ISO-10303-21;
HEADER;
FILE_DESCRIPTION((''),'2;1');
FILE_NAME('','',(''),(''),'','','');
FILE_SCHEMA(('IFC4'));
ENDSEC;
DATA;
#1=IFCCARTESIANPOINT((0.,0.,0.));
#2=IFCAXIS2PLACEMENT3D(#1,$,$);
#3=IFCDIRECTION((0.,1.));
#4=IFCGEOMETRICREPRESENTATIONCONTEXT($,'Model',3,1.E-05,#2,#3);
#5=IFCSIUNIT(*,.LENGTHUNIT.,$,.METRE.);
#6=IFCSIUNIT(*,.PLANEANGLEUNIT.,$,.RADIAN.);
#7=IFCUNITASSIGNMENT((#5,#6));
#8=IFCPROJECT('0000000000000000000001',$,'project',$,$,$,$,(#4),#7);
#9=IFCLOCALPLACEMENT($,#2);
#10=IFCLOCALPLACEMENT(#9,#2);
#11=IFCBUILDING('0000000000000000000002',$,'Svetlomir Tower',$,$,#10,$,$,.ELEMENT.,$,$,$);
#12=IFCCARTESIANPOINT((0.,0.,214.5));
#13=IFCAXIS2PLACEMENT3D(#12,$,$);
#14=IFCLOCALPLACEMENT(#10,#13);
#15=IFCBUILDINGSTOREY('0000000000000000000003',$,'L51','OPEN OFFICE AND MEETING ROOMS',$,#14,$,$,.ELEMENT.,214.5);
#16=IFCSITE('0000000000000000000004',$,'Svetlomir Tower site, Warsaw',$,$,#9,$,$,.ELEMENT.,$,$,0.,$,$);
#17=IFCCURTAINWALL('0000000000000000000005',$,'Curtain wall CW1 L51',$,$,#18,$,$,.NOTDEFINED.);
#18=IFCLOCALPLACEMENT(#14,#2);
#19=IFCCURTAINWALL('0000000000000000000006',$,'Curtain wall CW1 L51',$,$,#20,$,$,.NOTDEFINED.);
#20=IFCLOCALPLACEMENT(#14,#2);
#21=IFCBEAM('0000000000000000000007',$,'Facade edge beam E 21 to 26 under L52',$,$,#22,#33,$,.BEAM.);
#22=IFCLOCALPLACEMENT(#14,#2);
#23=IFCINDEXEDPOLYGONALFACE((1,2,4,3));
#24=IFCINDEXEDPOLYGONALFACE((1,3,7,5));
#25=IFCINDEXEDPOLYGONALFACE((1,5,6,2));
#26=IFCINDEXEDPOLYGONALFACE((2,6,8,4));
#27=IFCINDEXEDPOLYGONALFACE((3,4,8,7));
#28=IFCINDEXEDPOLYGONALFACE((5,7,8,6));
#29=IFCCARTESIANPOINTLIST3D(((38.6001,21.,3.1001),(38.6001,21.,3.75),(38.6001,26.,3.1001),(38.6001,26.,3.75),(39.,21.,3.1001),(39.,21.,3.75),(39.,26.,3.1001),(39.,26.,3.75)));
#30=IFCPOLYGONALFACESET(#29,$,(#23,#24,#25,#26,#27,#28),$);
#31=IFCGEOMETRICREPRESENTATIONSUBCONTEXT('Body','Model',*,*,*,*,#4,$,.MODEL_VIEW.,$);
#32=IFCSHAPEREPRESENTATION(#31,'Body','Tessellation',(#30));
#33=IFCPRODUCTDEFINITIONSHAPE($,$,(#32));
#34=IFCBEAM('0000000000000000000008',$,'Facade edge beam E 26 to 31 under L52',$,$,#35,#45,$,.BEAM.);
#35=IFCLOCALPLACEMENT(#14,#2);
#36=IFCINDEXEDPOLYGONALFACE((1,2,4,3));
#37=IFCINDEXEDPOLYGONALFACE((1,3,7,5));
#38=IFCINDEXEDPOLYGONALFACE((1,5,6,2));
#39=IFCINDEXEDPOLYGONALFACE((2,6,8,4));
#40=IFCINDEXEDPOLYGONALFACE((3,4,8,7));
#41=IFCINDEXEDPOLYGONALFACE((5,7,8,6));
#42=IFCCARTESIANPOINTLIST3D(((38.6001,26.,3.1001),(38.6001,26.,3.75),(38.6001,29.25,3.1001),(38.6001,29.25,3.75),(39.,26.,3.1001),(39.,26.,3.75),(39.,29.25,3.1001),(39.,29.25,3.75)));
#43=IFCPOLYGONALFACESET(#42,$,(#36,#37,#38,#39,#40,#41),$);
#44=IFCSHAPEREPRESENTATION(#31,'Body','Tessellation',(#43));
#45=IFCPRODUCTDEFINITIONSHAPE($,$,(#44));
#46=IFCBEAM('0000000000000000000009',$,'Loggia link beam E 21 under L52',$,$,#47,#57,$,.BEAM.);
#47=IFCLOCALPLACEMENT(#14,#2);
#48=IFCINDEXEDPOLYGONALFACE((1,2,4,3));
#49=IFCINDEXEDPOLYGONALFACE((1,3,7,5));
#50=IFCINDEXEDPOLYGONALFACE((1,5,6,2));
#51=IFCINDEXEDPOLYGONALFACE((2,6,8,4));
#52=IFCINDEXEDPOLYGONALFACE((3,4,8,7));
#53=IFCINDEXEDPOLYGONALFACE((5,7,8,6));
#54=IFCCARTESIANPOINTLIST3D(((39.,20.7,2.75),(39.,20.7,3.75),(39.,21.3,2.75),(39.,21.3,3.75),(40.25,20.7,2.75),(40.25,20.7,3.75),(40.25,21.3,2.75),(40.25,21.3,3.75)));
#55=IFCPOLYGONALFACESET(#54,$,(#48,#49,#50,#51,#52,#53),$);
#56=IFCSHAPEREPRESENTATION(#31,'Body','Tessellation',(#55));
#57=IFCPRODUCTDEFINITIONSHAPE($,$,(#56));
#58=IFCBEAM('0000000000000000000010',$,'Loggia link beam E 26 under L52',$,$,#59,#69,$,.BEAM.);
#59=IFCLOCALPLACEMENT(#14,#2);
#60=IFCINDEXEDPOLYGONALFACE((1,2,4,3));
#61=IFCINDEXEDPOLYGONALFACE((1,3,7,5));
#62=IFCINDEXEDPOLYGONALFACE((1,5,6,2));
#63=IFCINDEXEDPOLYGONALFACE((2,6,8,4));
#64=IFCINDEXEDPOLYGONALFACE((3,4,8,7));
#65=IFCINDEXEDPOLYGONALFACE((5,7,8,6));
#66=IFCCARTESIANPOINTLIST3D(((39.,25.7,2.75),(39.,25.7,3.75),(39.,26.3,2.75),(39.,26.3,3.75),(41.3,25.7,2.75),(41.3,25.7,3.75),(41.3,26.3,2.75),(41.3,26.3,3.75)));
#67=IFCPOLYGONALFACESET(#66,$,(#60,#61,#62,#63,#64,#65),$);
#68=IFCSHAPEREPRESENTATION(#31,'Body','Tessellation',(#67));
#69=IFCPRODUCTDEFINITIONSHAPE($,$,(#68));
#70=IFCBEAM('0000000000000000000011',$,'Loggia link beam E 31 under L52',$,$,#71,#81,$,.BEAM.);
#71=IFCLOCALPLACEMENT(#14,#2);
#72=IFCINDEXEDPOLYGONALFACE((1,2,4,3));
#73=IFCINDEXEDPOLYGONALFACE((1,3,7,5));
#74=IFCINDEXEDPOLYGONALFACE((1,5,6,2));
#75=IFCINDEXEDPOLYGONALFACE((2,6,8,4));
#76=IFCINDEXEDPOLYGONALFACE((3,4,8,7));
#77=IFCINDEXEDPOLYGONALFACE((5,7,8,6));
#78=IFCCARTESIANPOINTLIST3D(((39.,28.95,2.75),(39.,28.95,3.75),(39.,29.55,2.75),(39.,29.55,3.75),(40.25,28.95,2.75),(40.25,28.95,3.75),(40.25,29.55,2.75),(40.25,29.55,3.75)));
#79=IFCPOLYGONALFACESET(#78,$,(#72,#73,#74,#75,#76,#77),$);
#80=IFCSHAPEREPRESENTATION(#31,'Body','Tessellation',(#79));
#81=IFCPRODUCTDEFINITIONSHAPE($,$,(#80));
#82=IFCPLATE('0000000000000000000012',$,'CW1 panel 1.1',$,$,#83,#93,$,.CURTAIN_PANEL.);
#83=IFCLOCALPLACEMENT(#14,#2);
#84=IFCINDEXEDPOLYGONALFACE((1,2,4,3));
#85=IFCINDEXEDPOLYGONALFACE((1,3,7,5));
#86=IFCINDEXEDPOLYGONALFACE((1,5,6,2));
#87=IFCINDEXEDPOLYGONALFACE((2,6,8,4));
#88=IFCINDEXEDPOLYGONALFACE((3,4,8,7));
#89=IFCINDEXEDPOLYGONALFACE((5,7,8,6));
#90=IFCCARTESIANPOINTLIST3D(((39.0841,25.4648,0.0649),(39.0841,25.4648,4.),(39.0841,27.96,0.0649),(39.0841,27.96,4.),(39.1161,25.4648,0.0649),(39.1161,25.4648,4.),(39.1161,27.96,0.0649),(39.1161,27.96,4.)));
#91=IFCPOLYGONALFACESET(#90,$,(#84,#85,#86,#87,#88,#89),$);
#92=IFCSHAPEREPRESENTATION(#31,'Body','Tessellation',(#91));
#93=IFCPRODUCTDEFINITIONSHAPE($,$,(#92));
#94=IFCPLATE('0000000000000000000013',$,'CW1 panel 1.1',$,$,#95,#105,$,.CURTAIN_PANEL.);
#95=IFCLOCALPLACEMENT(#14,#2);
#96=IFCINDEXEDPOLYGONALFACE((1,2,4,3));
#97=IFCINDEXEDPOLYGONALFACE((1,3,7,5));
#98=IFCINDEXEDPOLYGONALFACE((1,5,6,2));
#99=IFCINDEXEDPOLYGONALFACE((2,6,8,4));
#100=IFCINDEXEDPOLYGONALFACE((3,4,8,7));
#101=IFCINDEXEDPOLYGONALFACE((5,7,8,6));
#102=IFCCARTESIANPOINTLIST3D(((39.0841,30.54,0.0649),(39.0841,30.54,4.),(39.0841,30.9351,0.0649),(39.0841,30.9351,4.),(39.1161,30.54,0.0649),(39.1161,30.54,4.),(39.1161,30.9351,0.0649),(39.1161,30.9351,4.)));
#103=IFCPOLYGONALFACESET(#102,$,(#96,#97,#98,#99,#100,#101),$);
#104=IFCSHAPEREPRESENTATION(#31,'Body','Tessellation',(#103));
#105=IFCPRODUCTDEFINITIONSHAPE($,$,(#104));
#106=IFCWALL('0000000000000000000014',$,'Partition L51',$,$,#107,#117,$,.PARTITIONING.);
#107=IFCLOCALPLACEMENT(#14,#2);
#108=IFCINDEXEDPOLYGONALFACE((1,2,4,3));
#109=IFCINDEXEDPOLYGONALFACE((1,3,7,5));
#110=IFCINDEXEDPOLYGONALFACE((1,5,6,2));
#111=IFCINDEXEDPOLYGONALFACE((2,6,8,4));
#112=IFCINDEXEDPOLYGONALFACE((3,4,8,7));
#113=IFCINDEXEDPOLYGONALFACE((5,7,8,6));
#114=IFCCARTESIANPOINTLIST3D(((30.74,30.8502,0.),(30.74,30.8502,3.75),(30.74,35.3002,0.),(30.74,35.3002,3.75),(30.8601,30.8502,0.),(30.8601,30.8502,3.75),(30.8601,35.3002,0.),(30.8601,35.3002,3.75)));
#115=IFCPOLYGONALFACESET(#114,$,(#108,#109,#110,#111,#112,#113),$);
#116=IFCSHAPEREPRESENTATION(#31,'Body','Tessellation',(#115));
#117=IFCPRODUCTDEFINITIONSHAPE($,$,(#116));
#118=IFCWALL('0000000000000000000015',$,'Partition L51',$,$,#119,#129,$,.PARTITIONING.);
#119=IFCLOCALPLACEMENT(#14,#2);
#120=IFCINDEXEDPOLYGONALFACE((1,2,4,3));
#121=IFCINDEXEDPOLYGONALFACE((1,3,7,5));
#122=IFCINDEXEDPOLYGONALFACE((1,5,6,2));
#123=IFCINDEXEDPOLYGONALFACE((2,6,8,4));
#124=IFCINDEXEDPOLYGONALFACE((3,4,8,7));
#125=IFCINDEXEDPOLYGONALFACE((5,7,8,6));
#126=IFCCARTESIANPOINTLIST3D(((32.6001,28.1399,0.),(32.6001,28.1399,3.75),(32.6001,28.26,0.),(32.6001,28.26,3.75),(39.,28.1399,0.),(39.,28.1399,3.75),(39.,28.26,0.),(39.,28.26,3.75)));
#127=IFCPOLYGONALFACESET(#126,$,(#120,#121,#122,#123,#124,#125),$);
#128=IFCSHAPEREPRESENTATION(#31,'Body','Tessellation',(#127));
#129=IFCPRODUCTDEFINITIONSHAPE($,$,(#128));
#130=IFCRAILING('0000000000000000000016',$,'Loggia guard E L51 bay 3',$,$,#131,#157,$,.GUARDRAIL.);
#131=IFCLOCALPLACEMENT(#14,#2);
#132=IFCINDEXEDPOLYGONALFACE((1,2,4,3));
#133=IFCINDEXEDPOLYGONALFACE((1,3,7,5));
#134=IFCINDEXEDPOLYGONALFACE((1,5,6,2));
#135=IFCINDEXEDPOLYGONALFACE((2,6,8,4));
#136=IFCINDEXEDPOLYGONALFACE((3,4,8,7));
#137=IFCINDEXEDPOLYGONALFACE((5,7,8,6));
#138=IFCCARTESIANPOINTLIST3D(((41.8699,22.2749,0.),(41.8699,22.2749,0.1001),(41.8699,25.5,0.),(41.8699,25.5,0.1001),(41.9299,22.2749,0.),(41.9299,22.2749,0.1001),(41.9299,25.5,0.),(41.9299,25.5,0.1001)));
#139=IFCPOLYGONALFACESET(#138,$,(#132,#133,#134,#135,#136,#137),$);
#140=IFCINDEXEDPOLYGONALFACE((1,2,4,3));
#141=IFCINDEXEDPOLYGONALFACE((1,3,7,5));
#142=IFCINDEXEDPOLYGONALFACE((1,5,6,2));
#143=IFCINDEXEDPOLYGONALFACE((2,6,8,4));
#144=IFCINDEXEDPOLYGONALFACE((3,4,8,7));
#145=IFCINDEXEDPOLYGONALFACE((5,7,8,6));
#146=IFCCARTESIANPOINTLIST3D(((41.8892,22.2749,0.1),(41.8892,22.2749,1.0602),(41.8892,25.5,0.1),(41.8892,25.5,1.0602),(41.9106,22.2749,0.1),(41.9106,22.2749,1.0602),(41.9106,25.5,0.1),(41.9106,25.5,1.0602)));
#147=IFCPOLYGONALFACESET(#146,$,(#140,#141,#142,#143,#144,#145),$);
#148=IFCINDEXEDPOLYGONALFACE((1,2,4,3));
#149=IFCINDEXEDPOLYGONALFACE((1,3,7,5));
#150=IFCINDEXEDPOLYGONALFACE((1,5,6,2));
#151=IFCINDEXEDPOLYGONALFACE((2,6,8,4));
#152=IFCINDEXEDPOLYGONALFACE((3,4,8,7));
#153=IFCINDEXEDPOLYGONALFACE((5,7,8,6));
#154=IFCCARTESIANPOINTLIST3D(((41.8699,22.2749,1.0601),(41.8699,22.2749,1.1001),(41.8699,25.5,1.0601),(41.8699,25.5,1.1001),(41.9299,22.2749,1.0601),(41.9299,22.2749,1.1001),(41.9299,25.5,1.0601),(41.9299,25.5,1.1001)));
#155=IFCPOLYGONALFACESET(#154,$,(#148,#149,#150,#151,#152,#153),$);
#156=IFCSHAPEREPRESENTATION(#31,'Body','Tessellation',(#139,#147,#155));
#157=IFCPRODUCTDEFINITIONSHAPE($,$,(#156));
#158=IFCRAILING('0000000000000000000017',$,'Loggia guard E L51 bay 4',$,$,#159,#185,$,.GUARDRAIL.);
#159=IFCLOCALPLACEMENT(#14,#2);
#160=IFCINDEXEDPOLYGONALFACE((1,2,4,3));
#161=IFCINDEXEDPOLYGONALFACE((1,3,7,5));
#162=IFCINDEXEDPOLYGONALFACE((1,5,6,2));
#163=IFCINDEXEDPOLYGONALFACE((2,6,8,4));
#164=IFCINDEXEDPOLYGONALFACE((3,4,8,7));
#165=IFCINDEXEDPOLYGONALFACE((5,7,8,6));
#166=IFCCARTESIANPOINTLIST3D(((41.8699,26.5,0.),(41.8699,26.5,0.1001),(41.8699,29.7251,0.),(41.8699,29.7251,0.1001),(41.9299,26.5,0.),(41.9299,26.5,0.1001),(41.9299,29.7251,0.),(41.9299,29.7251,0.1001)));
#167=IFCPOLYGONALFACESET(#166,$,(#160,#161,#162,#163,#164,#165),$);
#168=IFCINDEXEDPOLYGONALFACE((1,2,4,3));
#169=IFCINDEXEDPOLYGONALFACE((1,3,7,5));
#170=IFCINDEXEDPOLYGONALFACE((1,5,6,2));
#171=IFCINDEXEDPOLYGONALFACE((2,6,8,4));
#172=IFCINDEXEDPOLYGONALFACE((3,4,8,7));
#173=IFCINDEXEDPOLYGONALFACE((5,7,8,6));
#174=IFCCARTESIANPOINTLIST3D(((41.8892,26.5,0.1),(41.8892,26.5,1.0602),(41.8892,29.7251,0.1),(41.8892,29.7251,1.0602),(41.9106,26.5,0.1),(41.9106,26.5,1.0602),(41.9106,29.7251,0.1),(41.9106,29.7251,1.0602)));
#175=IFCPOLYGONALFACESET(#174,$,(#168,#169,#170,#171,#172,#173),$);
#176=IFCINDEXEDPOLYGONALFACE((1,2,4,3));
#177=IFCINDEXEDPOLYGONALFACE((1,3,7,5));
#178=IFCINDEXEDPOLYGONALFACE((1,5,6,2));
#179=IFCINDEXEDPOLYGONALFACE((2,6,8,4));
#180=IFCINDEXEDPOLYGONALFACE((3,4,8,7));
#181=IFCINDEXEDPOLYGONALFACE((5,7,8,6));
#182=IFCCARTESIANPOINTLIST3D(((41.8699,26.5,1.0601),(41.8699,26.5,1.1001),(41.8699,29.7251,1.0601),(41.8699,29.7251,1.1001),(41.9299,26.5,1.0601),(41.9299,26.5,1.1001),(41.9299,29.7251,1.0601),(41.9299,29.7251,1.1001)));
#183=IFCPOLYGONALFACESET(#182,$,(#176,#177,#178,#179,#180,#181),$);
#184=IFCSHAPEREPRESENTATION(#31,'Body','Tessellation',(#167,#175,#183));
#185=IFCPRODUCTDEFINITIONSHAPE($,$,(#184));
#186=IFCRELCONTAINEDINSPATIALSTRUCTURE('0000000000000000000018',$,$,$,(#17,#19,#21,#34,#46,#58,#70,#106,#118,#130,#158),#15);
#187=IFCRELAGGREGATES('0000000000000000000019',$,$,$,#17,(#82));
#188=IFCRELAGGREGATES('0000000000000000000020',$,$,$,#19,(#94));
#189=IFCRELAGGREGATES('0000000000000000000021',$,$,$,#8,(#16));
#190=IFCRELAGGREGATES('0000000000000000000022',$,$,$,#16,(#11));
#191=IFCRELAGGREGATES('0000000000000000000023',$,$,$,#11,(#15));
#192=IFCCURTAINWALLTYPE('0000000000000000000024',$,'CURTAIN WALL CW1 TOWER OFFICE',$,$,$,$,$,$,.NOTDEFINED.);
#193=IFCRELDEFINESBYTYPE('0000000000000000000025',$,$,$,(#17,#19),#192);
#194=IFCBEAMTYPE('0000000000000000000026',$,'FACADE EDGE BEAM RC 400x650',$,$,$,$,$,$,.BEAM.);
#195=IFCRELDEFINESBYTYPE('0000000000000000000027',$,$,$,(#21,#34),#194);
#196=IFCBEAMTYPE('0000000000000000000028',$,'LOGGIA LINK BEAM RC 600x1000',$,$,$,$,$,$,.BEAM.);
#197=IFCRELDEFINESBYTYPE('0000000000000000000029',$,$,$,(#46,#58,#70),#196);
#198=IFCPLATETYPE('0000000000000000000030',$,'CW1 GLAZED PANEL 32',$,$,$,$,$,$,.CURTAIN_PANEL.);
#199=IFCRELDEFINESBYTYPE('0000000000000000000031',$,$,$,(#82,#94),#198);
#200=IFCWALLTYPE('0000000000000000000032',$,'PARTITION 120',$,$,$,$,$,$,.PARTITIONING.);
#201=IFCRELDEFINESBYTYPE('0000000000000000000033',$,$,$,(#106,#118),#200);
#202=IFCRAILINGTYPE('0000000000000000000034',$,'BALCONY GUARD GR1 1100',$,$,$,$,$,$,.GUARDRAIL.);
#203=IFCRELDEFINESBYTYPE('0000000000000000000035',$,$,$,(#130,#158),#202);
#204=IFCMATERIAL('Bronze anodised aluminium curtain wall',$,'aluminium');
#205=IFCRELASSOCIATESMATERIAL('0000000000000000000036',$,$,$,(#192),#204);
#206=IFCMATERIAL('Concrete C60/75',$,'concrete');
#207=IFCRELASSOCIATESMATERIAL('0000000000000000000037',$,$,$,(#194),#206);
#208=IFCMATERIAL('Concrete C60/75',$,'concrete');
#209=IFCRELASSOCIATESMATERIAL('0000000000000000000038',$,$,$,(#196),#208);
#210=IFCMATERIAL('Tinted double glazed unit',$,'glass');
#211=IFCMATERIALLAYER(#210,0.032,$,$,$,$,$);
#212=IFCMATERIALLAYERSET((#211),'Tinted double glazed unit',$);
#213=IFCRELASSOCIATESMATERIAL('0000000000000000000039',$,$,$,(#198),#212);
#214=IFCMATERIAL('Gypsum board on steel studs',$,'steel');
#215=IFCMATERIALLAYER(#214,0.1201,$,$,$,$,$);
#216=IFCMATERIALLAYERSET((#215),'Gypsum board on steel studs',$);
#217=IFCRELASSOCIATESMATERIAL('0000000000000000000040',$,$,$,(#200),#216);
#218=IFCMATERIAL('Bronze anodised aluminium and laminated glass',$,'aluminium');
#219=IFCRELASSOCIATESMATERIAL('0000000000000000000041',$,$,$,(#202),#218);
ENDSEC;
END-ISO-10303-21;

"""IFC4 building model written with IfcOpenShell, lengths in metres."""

from ifc_helpers import new_model, si_unit, direction, frame, frame_2d, origin, origin_2d, place, context, subcontext, project, spatial, rectangle, extrude, material, layer, layer_set, material_profile, profile_set, type_object, element, aggregate, save


model = new_model("IFC4")

# Units and contexts
model_context = context("Model", 3, precision=1e-05, world=origin(), true_north=direction((0.0, 1.0)))
body_context = subcontext(model_context, "Body", "Model", "MODEL_VIEW")
ifc_project = project(units=[si_unit("LENGTHUNIT", "METRE"), si_unit("PLANEANGLEUNIT", "RADIAN")], contexts=[model_context])

# Site, building, storey
site_placement = place(None, origin())
site = spatial("IfcSite", under=ifc_project, at=site_placement, Name="Svetlomir Tower site, Warsaw", CompositionType="ELEMENT", RefElevation=0.0)
building_placement = place(site_placement, origin())
building = spatial("IfcBuilding", under=site, at=building_placement, Name="Svetlomir Tower", CompositionType="ELEMENT")
storey_placement = place(building_placement, frame((0.0, 0.0, 214.5)))
storey = spatial("IfcBuildingStorey", under=building, at=storey_placement, Name="L51", Description="OPEN OFFICE AND MEETING ROOMS", CompositionType="ELEMENT", Elevation=214.5)

# Curtain walls
ifc_material_1 = material(Name="Bronze anodised aluminium curtain wall", Category="aluminium")
curtain_wall_type = type_object("IfcCurtainWallType", Name="CURTAIN WALL CW1 TOWER OFFICE", PredefinedType="NOTDEFINED", material=ifc_material_1)
curtain_wall_1_placement = place(storey_placement, origin())
curtain_wall_1 = element("IfcCurtainWall", 1, at=curtain_wall_1_placement, inside=storey, type_object=curtain_wall_type, Name="Curtain wall CW1 L51", PredefinedType="NOTDEFINED")
curtain_wall_2_placement = place(storey_placement, origin())
curtain_wall_2 = element("IfcCurtainWall", 2, at=curtain_wall_2_placement, inside=storey, type_object=curtain_wall_type, Name="Curtain wall CW1 L51", PredefinedType="NOTDEFINED")

# Beams
ifc_material_2 = material(Name="Concrete C60/75", Category="concrete")
ifc_material_profile_1 = material_profile(ifc_material_2, rectangle(XDim=0.3999, YDim=0.6499, at=origin_2d()), Name="RC 400x650")
ifc_profile_set_1 = profile_set([ifc_material_profile_1], Name="Concrete C60/75")
beam_type_1 = type_object("IfcBeamType", Name="FACADE EDGE BEAM RC 400x650", PredefinedType="BEAM", material=ifc_profile_set_1)
beam_1_placement = place(storey_placement, frame((38.8, 21.0, 3.425), z_axis=(0.0, 1.0, 0.0), x_axis=(-1.0, 0.0, 0.0)))
element("IfcBeam", 3, at=beam_1_placement, inside=storey, type_object=beam_type_1, Name="Facade edge beam E 21 to 26 under L52", PredefinedType="BEAM", context=body_context, shape_type="SweptSolid", body=[
    extrude(rectangle(XDim=0.3999, YDim=0.6499, at=origin_2d()), origin(), (0.0, 0.0, 1.0), 5.0),
])
beam_2_placement = place(storey_placement, frame((38.8, 26.0, 3.425), z_axis=(0.0, 1.0, 0.0), x_axis=(-1.0, 0.0, 0.0)))
element("IfcBeam", 4, at=beam_2_placement, inside=storey, type_object=beam_type_1, Name="Facade edge beam E 26 to 31 under L52", PredefinedType="BEAM", context=body_context, shape_type="SweptSolid", body=[
    extrude(rectangle(XDim=0.3999, YDim=0.6499, at=origin_2d()), origin(), (0.0, 0.0, 1.0), 3.25),
])
ifc_material_3 = material(Name="Concrete C60/75", Category="concrete")
ifc_material_profile_2 = material_profile(ifc_material_3, rectangle(XDim=0.6001, YDim=1.0, at=origin_2d()), Name="RC 600x1000")
ifc_profile_set_2 = profile_set([ifc_material_profile_2], Name="Concrete C60/75")
beam_type_2 = type_object("IfcBeamType", Name="LOGGIA LINK BEAM RC 600x1000", PredefinedType="BEAM", material=ifc_profile_set_2)
beam_3_placement = place(storey_placement, frame((40.25, 21.0, 3.25), z_axis=(-1.0, 0.0, 0.0), x_axis=(0.0, -1.0, 0.0)))
element("IfcBeam", 5, at=beam_3_placement, inside=storey, type_object=beam_type_2, Name="Loggia link beam E 21 under L52", PredefinedType="BEAM", context=body_context, shape_type="SweptSolid", body=[
    extrude(rectangle(XDim=0.6001, YDim=1.0, at=origin_2d()), origin(), (0.0, 0.0, 1.0), 1.25),
])
beam_4_placement = place(storey_placement, frame((41.3, 26.0, 3.25), z_axis=(-1.0, 0.0, 0.0), x_axis=(0.0, -1.0, 0.0)))
element("IfcBeam", 6, at=beam_4_placement, inside=storey, type_object=beam_type_2, Name="Loggia link beam E 26 under L52", PredefinedType="BEAM", context=body_context, shape_type="SweptSolid", body=[
    extrude(rectangle(XDim=0.6001, YDim=1.0, at=origin_2d()), origin(), (0.0, 0.0, 1.0), 2.3),
])
beam_5_placement = place(storey_placement, frame((40.25, 29.25, 3.25), z_axis=(-1.0, 0.0, 0.0), x_axis=(0.0, -1.0, 0.0)))
element("IfcBeam", 7, at=beam_5_placement, inside=storey, type_object=beam_type_2, Name="Loggia link beam E 31 under L52", PredefinedType="BEAM", context=body_context, shape_type="SweptSolid", body=[
    extrude(rectangle(XDim=0.6001, YDim=1.0, at=origin_2d()), origin(), (0.0, 0.0, 1.0), 1.25),
])

# Plates
ifc_material_4 = material(Name="Tinted double glazed unit", Category="glass")
ifc_layer_1 = layer(ifc_material_4, 0.032)
ifc_layer_set_1 = layer_set([ifc_layer_1], Name="Tinted double glazed unit")
plate_type = type_object("IfcPlateType", Name="CW1 GLAZED PANEL 32", PredefinedType="CURTAIN_PANEL", material=ifc_layer_set_1)
plate_1_placement = place(storey_placement, frame((39.1001, 26.7124, 0.0649), z_axis=(0.0, 0.0, 1.0), x_axis=(0.0, 1.0, 0.0)))
plate_1 = element("IfcPlate", 8, at=plate_1_placement, type_object=plate_type, Name="CW1 panel 1.1", PredefinedType="CURTAIN_PANEL", context=body_context, shape_type="SweptSolid", body=[
    extrude(rectangle(XDim=2.4951, YDim=0.032, at=origin_2d()), origin(), (0.0, 0.0, 1.0), 3.9351),
])
aggregate(curtain_wall_1, [plate_1])
plate_2_placement = place(storey_placement, frame((39.1001, 30.7375, 0.0649), z_axis=(0.0, 0.0, 1.0), x_axis=(0.0, 1.0, 0.0)))
plate_2 = element("IfcPlate", 9, at=plate_2_placement, type_object=plate_type, Name="CW1 panel 1.1", PredefinedType="CURTAIN_PANEL", context=body_context, shape_type="SweptSolid", body=[
    extrude(rectangle(XDim=0.395, YDim=0.032, at=origin_2d()), origin(), (0.0, 0.0, 1.0), 3.9351),
])
aggregate(curtain_wall_2, [plate_2])

# Walls
ifc_material_5 = material(Name="Gypsum board on steel studs", Category="steel")
ifc_layer_2 = layer(ifc_material_5, 0.1201)
ifc_layer_set_2 = layer_set([ifc_layer_2], Name="Gypsum board on steel studs")
wall_type_1 = type_object("IfcWallType", Name="PARTITION 120", PredefinedType="PARTITIONING", material=ifc_layer_set_2)
wall_1_placement = place(storey_placement, frame((30.8, 30.8501, 0.0), z_axis=(0.0, 0.0, 1.0), x_axis=(0.0, 1.0, 0.0)))
element("IfcWall", 10, at=wall_1_placement, inside=storey, type_object=wall_type_1, Name="Partition L51", PredefinedType="PARTITIONING", context=body_context, shape_type="SweptSolid", body=[
    extrude(rectangle(XDim=4.45, YDim=0.1201, at=frame_2d((2.2251, 0.0))), origin(), (0.0, 0.0, 1.0), 3.75),
])
wall_2_placement = place(storey_placement, frame((32.6001, 28.2, 0.0), z_axis=(0.0, 0.0, 1.0), x_axis=(1.0, 0.0, 0.0)))
element("IfcWall", 11, at=wall_2_placement, inside=storey, type_object=wall_type_1, Name="Partition L51", PredefinedType="PARTITIONING", context=body_context, shape_type="SweptSolid", body=[
    extrude(rectangle(XDim=6.3999, YDim=0.1201, at=frame_2d((3.2, 0.0))), origin(), (0.0, 0.0, 1.0), 3.75),
])

# Railings
ifc_material_6 = material(Name="Bronze anodised aluminium and laminated glass", Category="aluminium")
railing_type = type_object("IfcRailingType", Name="BALCONY GUARD GR1 1100", PredefinedType="GUARDRAIL", material=ifc_material_6)
for number, where, name in (
    (12, (41.8999, 22.2749, 0.0), "Loggia guard E L51 bay 3"),
    (13, (41.8999, 26.5, 0.0), "Loggia guard E L51 bay 4"),
):
    element("IfcRailing", number, at=place(storey_placement, frame(where)), inside=storey, type_object=railing_type, Name=name, PredefinedType="GUARDRAIL", context=body_context, shape_type="SweptSolid", body=[
        extrude(rectangle(XDim=0.0601, YDim=0.1001, at=origin_2d()), frame((0.0, 0.0, 0.05), z_axis=(0.0, 1.0, 0.0), x_axis=(-1.0, 0.0, 0.0)), (0.0, 0.0, 1.0), 3.2251),
        extrude(rectangle(XDim=0.0215, YDim=0.9602, at=origin_2d()), frame((0.0, 0.0, 0.5801), z_axis=(0.0, 1.0, 0.0), x_axis=(-1.0, 0.0, 0.0)), (0.0, 0.0, 1.0), 3.2251),
        extrude(rectangle(XDim=0.0601, YDim=0.04, at=origin_2d()), frame((0.0, 0.0, 1.0801), z_axis=(0.0, 1.0, 0.0), x_axis=(-1.0, 0.0, 0.0)), (0.0, 0.0, 1.0), 3.2251),
    ])

save(model, "model.ifc")
